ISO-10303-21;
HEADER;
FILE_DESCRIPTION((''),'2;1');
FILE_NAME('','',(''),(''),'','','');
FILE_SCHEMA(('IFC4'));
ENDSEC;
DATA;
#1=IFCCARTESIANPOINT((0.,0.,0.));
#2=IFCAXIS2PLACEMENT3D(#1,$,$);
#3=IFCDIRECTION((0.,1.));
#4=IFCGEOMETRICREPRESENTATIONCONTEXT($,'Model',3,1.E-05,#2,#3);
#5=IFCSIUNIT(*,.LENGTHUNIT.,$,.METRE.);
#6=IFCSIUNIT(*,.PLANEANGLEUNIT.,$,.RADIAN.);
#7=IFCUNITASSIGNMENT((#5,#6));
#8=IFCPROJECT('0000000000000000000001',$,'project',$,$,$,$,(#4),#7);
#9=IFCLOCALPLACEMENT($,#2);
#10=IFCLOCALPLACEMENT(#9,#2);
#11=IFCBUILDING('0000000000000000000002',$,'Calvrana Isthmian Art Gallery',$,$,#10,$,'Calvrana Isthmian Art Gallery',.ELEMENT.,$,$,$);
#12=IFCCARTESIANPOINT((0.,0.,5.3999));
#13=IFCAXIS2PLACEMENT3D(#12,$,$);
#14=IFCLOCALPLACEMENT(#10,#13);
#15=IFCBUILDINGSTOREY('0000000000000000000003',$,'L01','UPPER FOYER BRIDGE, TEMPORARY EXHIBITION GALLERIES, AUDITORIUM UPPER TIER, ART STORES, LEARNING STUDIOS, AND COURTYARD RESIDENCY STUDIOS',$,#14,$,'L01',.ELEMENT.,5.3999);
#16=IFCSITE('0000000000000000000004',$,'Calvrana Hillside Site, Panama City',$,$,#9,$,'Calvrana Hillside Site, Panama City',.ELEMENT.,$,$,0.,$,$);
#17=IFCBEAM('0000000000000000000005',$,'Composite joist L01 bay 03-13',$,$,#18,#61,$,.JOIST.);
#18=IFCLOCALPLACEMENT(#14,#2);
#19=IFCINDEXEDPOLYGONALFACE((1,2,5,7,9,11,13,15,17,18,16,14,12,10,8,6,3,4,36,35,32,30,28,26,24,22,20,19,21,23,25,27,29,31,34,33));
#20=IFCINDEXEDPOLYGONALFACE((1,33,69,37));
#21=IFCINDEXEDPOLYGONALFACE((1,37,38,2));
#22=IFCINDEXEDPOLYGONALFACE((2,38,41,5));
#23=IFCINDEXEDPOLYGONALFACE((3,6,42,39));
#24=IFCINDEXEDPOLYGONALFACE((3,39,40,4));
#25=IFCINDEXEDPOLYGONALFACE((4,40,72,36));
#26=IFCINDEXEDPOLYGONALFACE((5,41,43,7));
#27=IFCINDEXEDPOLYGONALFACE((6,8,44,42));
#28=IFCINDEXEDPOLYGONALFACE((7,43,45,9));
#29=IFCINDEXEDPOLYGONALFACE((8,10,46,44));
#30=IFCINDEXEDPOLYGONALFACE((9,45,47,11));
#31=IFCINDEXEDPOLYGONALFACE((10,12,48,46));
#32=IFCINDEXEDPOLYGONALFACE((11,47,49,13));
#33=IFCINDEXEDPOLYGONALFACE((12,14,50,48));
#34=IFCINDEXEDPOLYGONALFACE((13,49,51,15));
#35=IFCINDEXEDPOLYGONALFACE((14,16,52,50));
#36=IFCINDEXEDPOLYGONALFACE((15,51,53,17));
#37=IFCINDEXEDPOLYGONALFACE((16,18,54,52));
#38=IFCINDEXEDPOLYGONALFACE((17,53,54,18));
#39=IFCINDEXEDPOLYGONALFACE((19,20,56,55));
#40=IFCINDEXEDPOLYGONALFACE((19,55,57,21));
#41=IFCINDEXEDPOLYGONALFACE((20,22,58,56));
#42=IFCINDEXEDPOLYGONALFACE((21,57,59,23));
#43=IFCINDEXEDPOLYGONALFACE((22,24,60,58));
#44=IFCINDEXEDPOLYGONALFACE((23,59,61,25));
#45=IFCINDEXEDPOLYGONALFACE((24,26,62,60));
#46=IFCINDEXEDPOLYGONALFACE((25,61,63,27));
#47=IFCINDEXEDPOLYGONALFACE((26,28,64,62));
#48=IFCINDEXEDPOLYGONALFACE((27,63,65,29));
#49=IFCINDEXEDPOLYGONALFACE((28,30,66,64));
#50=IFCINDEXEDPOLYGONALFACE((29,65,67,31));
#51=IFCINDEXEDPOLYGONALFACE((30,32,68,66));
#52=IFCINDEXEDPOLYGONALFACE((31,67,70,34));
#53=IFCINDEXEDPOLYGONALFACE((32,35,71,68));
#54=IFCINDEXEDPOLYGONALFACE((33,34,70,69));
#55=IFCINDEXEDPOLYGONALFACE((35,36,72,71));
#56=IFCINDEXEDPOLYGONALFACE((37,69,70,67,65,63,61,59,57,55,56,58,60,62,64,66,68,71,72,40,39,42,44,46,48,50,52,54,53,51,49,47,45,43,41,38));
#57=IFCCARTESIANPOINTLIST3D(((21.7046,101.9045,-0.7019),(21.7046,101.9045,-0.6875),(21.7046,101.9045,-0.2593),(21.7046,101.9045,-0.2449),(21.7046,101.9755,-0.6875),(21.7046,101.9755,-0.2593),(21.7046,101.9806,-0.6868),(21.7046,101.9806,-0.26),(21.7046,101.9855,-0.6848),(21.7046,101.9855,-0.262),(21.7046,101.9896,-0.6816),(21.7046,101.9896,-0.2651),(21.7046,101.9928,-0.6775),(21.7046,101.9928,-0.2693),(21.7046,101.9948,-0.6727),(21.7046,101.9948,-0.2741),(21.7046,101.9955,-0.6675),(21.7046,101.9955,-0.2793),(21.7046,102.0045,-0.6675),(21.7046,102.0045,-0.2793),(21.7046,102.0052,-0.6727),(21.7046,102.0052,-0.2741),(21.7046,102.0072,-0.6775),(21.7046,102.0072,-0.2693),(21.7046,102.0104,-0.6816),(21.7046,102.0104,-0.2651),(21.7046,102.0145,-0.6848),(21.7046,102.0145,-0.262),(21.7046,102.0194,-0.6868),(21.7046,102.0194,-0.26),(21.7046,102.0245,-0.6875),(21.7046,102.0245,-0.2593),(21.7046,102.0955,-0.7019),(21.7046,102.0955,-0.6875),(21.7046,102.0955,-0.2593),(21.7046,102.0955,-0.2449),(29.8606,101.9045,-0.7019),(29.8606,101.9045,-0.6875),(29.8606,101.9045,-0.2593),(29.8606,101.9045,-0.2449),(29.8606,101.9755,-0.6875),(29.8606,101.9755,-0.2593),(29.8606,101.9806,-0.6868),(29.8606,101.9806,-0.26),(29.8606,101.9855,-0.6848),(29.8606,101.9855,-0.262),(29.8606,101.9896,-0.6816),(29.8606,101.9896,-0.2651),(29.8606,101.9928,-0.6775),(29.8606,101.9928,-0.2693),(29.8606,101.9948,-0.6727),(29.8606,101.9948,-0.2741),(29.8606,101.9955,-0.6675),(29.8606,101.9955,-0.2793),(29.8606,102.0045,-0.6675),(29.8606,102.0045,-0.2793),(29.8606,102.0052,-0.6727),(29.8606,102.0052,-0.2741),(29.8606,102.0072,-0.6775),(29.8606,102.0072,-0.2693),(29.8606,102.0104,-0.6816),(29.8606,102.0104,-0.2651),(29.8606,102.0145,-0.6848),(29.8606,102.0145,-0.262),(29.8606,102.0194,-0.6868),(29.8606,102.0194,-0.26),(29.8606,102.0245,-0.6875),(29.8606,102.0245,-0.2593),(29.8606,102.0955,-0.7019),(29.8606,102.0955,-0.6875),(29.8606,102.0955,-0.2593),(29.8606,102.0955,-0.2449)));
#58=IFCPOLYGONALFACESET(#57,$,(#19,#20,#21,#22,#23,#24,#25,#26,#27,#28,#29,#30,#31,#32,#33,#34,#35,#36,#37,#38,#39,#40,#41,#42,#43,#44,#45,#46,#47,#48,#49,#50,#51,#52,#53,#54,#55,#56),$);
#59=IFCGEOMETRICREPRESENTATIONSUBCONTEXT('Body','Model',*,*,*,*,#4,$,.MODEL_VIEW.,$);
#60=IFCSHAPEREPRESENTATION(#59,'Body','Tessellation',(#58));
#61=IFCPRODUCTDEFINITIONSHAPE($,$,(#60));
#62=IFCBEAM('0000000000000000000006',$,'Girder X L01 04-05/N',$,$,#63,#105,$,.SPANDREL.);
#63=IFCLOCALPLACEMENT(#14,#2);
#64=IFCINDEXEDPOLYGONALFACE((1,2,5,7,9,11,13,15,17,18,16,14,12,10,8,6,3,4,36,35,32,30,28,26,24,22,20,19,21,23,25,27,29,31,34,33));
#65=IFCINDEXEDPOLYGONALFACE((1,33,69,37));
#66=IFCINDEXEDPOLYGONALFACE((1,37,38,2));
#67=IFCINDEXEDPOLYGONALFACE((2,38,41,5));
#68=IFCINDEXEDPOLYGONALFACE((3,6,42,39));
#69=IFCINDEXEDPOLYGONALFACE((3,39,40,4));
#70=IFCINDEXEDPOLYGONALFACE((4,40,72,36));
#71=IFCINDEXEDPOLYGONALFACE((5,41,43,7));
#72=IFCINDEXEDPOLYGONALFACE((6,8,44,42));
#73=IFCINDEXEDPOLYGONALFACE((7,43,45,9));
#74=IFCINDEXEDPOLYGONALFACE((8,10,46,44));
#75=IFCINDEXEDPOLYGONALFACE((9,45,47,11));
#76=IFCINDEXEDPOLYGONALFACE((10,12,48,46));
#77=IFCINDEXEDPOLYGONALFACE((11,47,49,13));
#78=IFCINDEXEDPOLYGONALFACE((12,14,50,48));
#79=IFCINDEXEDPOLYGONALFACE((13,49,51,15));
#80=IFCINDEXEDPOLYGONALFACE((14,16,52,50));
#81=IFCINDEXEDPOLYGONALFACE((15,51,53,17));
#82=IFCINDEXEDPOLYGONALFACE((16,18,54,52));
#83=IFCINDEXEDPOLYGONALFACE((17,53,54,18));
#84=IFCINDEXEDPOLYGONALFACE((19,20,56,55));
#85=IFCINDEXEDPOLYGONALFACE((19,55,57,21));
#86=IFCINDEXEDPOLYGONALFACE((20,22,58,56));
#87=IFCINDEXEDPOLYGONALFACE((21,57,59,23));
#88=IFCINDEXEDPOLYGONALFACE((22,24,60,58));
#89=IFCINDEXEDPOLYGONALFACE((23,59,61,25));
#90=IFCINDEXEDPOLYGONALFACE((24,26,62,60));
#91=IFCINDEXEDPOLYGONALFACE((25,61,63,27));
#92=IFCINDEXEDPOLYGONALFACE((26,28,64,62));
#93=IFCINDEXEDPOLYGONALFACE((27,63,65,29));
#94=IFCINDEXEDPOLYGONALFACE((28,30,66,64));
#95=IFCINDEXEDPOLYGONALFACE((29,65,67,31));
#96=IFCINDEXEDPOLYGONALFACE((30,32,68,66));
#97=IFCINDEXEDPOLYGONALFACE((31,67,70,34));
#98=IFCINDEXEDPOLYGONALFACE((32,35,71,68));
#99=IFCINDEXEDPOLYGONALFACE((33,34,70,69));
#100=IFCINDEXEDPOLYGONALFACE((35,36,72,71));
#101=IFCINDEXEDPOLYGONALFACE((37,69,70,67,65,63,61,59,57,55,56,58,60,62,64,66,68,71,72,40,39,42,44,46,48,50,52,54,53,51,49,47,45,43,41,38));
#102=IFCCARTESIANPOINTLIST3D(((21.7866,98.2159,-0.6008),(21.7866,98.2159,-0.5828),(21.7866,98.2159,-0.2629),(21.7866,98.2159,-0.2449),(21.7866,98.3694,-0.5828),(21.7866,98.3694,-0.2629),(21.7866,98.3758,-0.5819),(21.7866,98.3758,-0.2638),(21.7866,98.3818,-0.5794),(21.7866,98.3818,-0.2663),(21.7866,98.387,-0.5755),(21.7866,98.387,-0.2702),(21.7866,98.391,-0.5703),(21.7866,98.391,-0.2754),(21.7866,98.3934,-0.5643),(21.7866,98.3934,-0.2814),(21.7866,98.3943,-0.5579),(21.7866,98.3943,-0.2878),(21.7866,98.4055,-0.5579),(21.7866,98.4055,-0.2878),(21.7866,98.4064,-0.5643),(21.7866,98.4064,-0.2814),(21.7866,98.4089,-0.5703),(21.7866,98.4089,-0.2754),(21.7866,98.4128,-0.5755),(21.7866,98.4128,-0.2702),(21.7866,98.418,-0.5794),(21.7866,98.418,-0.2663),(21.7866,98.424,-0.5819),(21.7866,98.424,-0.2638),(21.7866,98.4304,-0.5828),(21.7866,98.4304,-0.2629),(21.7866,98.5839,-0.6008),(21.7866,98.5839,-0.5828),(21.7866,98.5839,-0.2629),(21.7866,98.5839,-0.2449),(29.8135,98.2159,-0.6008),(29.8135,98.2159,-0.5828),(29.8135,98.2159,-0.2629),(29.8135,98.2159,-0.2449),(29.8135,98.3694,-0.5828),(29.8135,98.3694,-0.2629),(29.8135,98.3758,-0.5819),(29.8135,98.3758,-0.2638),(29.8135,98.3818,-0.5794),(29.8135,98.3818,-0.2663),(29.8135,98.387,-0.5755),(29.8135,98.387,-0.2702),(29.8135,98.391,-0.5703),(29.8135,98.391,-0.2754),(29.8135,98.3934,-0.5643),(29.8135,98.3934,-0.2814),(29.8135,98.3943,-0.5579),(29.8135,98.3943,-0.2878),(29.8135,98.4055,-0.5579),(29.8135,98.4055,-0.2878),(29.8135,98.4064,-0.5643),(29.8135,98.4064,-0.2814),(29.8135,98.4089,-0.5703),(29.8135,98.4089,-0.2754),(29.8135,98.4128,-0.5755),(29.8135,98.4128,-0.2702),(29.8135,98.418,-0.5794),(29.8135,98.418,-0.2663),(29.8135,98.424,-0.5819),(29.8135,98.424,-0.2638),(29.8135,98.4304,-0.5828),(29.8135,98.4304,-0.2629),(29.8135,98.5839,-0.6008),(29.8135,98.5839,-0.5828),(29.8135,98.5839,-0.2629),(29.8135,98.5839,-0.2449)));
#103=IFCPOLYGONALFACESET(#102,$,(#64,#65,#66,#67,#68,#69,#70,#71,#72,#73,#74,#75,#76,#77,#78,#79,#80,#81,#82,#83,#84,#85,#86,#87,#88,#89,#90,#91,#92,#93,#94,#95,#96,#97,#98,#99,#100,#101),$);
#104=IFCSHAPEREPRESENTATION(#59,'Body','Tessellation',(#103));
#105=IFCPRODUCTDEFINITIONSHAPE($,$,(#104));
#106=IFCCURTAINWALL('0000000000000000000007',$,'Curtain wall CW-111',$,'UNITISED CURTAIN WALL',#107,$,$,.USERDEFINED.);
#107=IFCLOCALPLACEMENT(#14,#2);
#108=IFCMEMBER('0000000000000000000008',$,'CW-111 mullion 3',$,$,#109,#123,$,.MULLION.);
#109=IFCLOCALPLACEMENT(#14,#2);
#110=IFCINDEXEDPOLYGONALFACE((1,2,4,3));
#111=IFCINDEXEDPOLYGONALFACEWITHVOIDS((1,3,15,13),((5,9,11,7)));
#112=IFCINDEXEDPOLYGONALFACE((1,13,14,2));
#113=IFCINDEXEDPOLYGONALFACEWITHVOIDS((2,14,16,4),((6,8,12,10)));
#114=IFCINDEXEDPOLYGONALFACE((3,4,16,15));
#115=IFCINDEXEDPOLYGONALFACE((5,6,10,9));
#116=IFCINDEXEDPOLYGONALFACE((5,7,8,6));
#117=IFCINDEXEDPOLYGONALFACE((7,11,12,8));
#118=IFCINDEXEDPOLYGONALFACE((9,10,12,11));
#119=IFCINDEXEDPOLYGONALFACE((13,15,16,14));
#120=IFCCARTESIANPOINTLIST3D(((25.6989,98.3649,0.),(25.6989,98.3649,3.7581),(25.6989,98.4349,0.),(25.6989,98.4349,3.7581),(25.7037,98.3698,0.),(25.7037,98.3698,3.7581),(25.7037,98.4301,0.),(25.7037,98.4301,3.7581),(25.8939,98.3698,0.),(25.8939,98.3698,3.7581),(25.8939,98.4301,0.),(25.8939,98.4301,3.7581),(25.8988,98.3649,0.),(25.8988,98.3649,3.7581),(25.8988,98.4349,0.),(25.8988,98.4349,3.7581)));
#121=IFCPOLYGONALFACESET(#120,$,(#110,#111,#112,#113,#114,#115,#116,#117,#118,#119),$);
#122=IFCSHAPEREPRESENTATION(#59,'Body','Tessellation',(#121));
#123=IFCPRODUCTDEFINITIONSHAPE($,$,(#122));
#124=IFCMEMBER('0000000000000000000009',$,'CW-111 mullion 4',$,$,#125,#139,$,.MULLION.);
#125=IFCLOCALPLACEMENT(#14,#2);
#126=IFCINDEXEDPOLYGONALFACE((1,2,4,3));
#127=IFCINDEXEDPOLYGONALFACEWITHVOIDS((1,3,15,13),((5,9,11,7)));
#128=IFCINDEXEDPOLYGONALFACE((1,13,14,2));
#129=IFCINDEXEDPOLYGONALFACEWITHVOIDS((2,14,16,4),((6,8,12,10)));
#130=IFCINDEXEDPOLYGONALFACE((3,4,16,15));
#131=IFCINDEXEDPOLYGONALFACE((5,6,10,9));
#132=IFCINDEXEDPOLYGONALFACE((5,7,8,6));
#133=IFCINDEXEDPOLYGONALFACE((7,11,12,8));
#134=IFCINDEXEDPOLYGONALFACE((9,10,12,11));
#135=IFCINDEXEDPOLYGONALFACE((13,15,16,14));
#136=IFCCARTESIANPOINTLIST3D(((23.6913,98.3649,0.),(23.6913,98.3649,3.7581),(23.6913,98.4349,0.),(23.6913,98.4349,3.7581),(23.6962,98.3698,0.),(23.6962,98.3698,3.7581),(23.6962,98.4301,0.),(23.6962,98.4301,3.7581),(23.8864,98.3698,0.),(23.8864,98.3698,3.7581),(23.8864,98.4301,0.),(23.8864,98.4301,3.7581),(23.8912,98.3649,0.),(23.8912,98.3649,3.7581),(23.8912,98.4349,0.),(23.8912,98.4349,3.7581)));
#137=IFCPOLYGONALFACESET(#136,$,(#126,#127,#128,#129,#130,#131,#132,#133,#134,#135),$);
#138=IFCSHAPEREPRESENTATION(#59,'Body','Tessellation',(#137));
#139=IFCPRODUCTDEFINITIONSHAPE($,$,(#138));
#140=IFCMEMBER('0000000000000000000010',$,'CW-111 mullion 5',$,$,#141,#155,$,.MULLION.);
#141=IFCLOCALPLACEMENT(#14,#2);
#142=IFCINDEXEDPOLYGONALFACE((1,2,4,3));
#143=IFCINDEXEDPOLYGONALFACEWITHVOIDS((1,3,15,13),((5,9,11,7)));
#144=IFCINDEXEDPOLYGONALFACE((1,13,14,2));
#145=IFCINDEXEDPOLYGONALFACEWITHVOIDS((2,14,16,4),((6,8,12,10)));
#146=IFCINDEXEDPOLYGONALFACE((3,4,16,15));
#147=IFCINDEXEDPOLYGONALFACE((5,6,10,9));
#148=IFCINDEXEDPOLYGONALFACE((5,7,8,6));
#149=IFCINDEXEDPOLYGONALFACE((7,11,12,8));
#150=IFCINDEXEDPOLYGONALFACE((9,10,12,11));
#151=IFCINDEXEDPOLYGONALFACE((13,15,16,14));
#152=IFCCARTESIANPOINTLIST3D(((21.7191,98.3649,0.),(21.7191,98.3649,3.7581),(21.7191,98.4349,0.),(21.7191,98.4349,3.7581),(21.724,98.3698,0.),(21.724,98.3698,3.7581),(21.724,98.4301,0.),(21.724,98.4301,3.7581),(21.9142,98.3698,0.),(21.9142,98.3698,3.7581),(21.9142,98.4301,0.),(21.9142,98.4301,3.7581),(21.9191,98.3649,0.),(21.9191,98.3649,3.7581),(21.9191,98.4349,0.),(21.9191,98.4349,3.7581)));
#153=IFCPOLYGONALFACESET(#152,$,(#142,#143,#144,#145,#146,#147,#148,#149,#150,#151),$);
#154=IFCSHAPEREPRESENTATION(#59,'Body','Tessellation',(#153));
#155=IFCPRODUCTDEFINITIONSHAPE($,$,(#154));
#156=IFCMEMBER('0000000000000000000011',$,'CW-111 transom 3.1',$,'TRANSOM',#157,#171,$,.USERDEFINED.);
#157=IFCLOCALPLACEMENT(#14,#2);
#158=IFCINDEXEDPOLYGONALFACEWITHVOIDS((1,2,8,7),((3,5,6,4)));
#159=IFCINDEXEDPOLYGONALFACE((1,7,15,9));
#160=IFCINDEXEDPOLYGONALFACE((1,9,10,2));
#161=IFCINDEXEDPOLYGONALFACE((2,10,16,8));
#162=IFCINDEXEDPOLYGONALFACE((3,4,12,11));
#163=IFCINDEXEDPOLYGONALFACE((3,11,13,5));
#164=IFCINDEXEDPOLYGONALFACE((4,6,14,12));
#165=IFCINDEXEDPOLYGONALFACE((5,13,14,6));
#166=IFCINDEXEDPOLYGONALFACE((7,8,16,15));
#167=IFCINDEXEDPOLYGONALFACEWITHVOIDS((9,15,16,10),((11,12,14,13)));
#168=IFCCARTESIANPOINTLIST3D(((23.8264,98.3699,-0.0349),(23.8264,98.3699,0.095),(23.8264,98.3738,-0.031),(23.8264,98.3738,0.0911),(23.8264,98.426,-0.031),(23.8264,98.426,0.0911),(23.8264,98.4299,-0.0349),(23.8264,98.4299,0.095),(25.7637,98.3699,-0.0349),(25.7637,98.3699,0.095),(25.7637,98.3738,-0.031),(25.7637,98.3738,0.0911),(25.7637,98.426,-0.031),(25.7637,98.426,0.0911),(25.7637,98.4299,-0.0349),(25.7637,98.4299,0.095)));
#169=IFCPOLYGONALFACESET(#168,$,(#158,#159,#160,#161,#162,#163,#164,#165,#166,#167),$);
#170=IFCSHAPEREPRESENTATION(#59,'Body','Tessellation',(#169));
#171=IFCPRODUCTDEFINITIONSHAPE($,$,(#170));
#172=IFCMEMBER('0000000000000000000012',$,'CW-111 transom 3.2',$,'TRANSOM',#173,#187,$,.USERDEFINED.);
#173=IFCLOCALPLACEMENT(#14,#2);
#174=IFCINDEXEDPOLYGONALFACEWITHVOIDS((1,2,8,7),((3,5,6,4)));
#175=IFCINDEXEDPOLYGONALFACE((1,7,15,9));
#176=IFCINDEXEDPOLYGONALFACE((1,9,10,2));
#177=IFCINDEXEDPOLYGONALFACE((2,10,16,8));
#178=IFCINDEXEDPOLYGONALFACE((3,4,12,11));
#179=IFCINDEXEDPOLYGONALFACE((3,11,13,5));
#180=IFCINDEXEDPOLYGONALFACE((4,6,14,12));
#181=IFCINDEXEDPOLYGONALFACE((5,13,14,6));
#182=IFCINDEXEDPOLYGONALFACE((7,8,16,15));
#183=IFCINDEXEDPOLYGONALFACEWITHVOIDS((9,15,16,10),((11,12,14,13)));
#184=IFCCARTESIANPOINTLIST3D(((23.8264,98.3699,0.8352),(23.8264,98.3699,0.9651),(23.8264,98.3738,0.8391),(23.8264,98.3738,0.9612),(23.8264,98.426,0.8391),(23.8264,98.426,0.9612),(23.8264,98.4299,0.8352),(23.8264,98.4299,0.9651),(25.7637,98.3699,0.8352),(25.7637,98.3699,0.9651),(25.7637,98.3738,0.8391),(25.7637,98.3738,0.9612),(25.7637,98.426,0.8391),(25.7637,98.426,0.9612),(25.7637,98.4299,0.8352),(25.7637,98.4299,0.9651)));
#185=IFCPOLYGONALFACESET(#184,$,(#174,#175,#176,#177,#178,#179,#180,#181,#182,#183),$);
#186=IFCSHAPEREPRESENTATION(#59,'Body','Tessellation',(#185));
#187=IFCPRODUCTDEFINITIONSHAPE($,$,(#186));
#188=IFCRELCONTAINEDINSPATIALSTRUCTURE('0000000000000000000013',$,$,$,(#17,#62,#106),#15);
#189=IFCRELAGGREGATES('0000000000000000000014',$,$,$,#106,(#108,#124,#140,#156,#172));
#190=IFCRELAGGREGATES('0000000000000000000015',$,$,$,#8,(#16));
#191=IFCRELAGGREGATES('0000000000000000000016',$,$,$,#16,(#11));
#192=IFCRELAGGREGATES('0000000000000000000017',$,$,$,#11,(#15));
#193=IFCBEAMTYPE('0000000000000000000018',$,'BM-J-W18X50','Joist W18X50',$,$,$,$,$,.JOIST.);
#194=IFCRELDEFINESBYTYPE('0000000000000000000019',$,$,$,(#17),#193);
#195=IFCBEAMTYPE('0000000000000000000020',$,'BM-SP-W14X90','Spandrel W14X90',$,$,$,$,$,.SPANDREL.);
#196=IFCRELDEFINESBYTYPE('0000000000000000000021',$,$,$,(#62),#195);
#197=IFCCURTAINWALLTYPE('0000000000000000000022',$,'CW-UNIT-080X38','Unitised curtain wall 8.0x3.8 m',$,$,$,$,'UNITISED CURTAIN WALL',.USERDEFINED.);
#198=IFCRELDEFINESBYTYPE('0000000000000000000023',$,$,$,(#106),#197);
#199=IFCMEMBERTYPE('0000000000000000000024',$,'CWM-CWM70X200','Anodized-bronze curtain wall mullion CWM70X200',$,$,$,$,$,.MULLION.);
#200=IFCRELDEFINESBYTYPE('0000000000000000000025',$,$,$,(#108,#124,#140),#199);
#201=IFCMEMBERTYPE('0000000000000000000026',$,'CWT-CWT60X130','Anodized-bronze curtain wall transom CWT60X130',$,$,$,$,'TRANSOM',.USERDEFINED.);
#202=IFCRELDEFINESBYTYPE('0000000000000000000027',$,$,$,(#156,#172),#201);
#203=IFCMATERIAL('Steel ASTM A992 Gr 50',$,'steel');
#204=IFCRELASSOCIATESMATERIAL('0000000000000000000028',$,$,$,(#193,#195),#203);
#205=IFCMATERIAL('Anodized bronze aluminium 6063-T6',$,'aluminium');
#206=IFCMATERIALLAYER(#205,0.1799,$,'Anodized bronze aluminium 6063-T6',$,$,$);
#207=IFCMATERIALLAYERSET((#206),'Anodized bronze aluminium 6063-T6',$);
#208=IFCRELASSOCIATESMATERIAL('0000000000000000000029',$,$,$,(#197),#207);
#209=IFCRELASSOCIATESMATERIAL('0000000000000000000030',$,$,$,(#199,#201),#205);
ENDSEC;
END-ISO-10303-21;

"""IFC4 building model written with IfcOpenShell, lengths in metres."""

from ifc_helpers import new_model, si_unit, direction, frame, origin, origin_2d, place, context, subcontext, project, spatial, hollow_rectangle, i_section, extrude, material, layer, layer_set, material_profile, profile_set, type_object, element, aggregate, save


model = new_model("IFC4")

# Units and contexts
model_context = context("Model", 3, precision=1e-05, world=origin(), true_north=direction((0.0, 1.0)))
body_context = subcontext(model_context, "Body", "Model", "MODEL_VIEW")
ifc_project = project(units=[si_unit("LENGTHUNIT", "METRE"), si_unit("PLANEANGLEUNIT", "RADIAN")], contexts=[model_context])

# Site, building, storey
site_placement = place(None, origin())
site = spatial("IfcSite", under=ifc_project, at=site_placement, Name="Calvrana Hillside Site, Panama City", LongName="Calvrana Hillside Site, Panama City", CompositionType="ELEMENT", RefElevation=0.0)
building_placement = place(site_placement, origin())
building = spatial("IfcBuilding", under=site, at=building_placement, Name="Calvrana Isthmian Art Gallery", LongName="Calvrana Isthmian Art Gallery", CompositionType="ELEMENT")
storey_placement = place(building_placement, frame((0.0, 0.0, 5.3999)))
storey = spatial("IfcBuildingStorey", under=building, at=storey_placement, Name="L01", Description="UPPER FOYER BRIDGE, TEMPORARY EXHIBITION GALLERIES, AUDITORIUM UPPER TIER, ART STORES, LEARNING STUDIOS, AND COURTYARD RESIDENCY STUDIOS", LongName="L01", CompositionType="ELEMENT", Elevation=5.3999)

# Shared definitions
ifc_material_1 = material(Name="Steel ASTM A992 Gr 50", Category="steel")

# Beams
ifc_material_profile_1 = material_profile(ifc_material_1, i_section(OverallWidth=0.1909, OverallDepth=0.457, WebThickness=0.009, FlangeThickness=0.0144, FilletRadius=0.02, at=origin_2d()), Name="W18X50")
ifc_profile_set_1 = profile_set([ifc_material_profile_1], Name="Steel ASTM A992 Gr 50")
beam_type_1 = type_object("IfcBeamType", Name="BM-J-W18X50", Description="Joist W18X50", PredefinedType="JOIST", material=ifc_profile_set_1)
beam_1_placement = place(storey_placement, frame((21.7046, 102.0, -0.4734), z_axis=(1.0, 0.0, 0.0), x_axis=(0.0, 1.0, 0.0)))
element("IfcBeam", 1, at=beam_1_placement, inside=storey, type_object=beam_type_1, Name="Composite joist L01 bay 03-13", PredefinedType="JOIST", context=body_context, shape_type="SweptSolid", body=[
    extrude(i_section(OverallWidth=0.1909, OverallDepth=0.457, WebThickness=0.009, FlangeThickness=0.0144, FilletRadius=0.02, at=origin_2d()), origin(), (0.0, 0.0, 1.0), 8.156),
])
ifc_material_profile_2 = material_profile(ifc_material_1, i_section(OverallWidth=0.3679, OverallDepth=0.356, WebThickness=0.0112, FlangeThickness=0.0181, FilletRadius=0.0249, at=origin_2d()), Name="W14X90")
ifc_profile_set_2 = profile_set([ifc_material_profile_2], Name="Steel ASTM A992 Gr 50")
beam_type_2 = type_object("IfcBeamType", Name="BM-SP-W14X90", Description="Spandrel W14X90", PredefinedType="SPANDREL", material=ifc_profile_set_2)
beam_2_placement = place(storey_placement, frame((21.7866, 98.3999, -0.4229), z_axis=(1.0, 0.0, 0.0), x_axis=(0.0, 1.0, 0.0)))
element("IfcBeam", 2, at=beam_2_placement, inside=storey, type_object=beam_type_2, Name="Girder X L01 04-05/N", PredefinedType="SPANDREL", context=body_context, shape_type="SweptSolid", body=[
    extrude(i_section(OverallWidth=0.3679, OverallDepth=0.356, WebThickness=0.0112, FlangeThickness=0.0181, FilletRadius=0.0249, at=origin_2d()), origin(), (0.0, 0.0, 1.0), 8.0269),
])

# Curtain wall, members
ifc_material_2 = material(Name="Anodized bronze aluminium 6063-T6", Category="aluminium")
ifc_layer_1 = layer(ifc_material_2, 0.1799, Name="Anodized bronze aluminium 6063-T6")
ifc_layer_set_1 = layer_set([ifc_layer_1], Name="Anodized bronze aluminium 6063-T6")
curtain_wall_type = type_object("IfcCurtainWallType", Name="CW-UNIT-080X38", Description="Unitised curtain wall 8.0x3.8 m", ElementType="UNITISED CURTAIN WALL", PredefinedType="USERDEFINED", material=ifc_layer_set_1)
curtain_wall_placement = place(storey_placement, origin())
curtain_wall = element("IfcCurtainWall", 3, at=curtain_wall_placement, inside=storey, type_object=curtain_wall_type, Name="Curtain wall CW-111", ObjectType="UNITISED CURTAIN WALL", PredefinedType="USERDEFINED")
ifc_material_profile_3 = material_profile(ifc_material_2, hollow_rectangle(XDim=0.0701, YDim=0.2, WallThickness=0.0049, at=origin_2d()), Name="CWM70X200")
ifc_profile_set_3 = profile_set([ifc_material_profile_3], Name="Anodized bronze aluminium 6063-T6")
member_type_1 = type_object("IfcMemberType", Name="CWM-CWM70X200", Description="Anodized-bronze curtain wall mullion CWM70X200", PredefinedType="MULLION", material=ifc_profile_set_3)
member_1_placement = place(storey_placement, frame((25.7988, 98.3999, 0.0), z_axis=(0.0, 0.0, 1.0), x_axis=(0.0, -1.0, 0.0)))
member_1 = element("IfcMember", 4, at=member_1_placement, type_object=member_type_1, Name="CW-111 mullion 3", PredefinedType="MULLION", context=body_context, shape_type="SweptSolid", body=[
    extrude(hollow_rectangle(XDim=0.0701, YDim=0.2, WallThickness=0.0049, at=origin_2d()), origin(), (0.0, 0.0, 1.0), 3.7581),
])
member_2_placement = place(storey_placement, frame((23.7913, 98.3999, 0.0), z_axis=(0.0, 0.0, 1.0), x_axis=(0.0, -1.0, 0.0)))
member_2 = element("IfcMember", 5, at=member_2_placement, type_object=member_type_1, Name="CW-111 mullion 4", PredefinedType="MULLION", context=body_context, shape_type="SweptSolid", body=[
    extrude(hollow_rectangle(XDim=0.0701, YDim=0.2, WallThickness=0.0049, at=origin_2d()), origin(), (0.0, 0.0, 1.0), 3.7581),
])
member_3_placement = place(storey_placement, frame((21.8191, 98.3999, 0.0), z_axis=(0.0, 0.0, 1.0), x_axis=(0.0, -1.0, 0.0)))
member_3 = element("IfcMember", 6, at=member_3_placement, type_object=member_type_1, Name="CW-111 mullion 5", PredefinedType="MULLION", context=body_context, shape_type="SweptSolid", body=[
    extrude(hollow_rectangle(XDim=0.0701, YDim=0.2, WallThickness=0.0049, at=origin_2d()), origin(), (0.0, 0.0, 1.0), 3.7581),
])
ifc_material_profile_4 = material_profile(ifc_material_2, hollow_rectangle(XDim=0.0601, YDim=0.1299, WallThickness=0.0039, at=origin_2d()), Name="CWT60X130")
ifc_profile_set_4 = profile_set([ifc_material_profile_4], Name="Anodized bronze aluminium 6063-T6")
member_type_2 = type_object("IfcMemberType", Name="CWT-CWT60X130", Description="Anodized-bronze curtain wall transom CWT60X130", ElementType="TRANSOM", PredefinedType="USERDEFINED", material=ifc_profile_set_4)
member_4_placement = place(storey_placement, frame((25.7637, 98.3999, 0.03), z_axis=(-1.0, 0.0, 0.0), x_axis=(0.0, -1.0, 0.0)))
member_4 = element("IfcMember", 7, at=member_4_placement, type_object=member_type_2, Name="CW-111 transom 3.1", ObjectType="TRANSOM", PredefinedType="USERDEFINED", context=body_context, shape_type="SweptSolid", body=[
    extrude(hollow_rectangle(XDim=0.0601, YDim=0.1299, WallThickness=0.0039, at=origin_2d()), origin(), (0.0, 0.0, 1.0), 1.9373),
])
member_5_placement = place(storey_placement, frame((25.7637, 98.3999, 0.9001), z_axis=(-1.0, 0.0, 0.0), x_axis=(0.0, -1.0, 0.0)))
member_5 = element("IfcMember", 8, at=member_5_placement, type_object=member_type_2, Name="CW-111 transom 3.2", ObjectType="TRANSOM", PredefinedType="USERDEFINED", context=body_context, shape_type="SweptSolid", body=[
    extrude(hollow_rectangle(XDim=0.0601, YDim=0.1299, WallThickness=0.0039, at=origin_2d()), origin(), (0.0, 0.0, 1.0), 1.9373),
])
aggregate(curtain_wall, [member_1, member_2, member_3, member_4, member_5])

save(model, "model.ifc")
